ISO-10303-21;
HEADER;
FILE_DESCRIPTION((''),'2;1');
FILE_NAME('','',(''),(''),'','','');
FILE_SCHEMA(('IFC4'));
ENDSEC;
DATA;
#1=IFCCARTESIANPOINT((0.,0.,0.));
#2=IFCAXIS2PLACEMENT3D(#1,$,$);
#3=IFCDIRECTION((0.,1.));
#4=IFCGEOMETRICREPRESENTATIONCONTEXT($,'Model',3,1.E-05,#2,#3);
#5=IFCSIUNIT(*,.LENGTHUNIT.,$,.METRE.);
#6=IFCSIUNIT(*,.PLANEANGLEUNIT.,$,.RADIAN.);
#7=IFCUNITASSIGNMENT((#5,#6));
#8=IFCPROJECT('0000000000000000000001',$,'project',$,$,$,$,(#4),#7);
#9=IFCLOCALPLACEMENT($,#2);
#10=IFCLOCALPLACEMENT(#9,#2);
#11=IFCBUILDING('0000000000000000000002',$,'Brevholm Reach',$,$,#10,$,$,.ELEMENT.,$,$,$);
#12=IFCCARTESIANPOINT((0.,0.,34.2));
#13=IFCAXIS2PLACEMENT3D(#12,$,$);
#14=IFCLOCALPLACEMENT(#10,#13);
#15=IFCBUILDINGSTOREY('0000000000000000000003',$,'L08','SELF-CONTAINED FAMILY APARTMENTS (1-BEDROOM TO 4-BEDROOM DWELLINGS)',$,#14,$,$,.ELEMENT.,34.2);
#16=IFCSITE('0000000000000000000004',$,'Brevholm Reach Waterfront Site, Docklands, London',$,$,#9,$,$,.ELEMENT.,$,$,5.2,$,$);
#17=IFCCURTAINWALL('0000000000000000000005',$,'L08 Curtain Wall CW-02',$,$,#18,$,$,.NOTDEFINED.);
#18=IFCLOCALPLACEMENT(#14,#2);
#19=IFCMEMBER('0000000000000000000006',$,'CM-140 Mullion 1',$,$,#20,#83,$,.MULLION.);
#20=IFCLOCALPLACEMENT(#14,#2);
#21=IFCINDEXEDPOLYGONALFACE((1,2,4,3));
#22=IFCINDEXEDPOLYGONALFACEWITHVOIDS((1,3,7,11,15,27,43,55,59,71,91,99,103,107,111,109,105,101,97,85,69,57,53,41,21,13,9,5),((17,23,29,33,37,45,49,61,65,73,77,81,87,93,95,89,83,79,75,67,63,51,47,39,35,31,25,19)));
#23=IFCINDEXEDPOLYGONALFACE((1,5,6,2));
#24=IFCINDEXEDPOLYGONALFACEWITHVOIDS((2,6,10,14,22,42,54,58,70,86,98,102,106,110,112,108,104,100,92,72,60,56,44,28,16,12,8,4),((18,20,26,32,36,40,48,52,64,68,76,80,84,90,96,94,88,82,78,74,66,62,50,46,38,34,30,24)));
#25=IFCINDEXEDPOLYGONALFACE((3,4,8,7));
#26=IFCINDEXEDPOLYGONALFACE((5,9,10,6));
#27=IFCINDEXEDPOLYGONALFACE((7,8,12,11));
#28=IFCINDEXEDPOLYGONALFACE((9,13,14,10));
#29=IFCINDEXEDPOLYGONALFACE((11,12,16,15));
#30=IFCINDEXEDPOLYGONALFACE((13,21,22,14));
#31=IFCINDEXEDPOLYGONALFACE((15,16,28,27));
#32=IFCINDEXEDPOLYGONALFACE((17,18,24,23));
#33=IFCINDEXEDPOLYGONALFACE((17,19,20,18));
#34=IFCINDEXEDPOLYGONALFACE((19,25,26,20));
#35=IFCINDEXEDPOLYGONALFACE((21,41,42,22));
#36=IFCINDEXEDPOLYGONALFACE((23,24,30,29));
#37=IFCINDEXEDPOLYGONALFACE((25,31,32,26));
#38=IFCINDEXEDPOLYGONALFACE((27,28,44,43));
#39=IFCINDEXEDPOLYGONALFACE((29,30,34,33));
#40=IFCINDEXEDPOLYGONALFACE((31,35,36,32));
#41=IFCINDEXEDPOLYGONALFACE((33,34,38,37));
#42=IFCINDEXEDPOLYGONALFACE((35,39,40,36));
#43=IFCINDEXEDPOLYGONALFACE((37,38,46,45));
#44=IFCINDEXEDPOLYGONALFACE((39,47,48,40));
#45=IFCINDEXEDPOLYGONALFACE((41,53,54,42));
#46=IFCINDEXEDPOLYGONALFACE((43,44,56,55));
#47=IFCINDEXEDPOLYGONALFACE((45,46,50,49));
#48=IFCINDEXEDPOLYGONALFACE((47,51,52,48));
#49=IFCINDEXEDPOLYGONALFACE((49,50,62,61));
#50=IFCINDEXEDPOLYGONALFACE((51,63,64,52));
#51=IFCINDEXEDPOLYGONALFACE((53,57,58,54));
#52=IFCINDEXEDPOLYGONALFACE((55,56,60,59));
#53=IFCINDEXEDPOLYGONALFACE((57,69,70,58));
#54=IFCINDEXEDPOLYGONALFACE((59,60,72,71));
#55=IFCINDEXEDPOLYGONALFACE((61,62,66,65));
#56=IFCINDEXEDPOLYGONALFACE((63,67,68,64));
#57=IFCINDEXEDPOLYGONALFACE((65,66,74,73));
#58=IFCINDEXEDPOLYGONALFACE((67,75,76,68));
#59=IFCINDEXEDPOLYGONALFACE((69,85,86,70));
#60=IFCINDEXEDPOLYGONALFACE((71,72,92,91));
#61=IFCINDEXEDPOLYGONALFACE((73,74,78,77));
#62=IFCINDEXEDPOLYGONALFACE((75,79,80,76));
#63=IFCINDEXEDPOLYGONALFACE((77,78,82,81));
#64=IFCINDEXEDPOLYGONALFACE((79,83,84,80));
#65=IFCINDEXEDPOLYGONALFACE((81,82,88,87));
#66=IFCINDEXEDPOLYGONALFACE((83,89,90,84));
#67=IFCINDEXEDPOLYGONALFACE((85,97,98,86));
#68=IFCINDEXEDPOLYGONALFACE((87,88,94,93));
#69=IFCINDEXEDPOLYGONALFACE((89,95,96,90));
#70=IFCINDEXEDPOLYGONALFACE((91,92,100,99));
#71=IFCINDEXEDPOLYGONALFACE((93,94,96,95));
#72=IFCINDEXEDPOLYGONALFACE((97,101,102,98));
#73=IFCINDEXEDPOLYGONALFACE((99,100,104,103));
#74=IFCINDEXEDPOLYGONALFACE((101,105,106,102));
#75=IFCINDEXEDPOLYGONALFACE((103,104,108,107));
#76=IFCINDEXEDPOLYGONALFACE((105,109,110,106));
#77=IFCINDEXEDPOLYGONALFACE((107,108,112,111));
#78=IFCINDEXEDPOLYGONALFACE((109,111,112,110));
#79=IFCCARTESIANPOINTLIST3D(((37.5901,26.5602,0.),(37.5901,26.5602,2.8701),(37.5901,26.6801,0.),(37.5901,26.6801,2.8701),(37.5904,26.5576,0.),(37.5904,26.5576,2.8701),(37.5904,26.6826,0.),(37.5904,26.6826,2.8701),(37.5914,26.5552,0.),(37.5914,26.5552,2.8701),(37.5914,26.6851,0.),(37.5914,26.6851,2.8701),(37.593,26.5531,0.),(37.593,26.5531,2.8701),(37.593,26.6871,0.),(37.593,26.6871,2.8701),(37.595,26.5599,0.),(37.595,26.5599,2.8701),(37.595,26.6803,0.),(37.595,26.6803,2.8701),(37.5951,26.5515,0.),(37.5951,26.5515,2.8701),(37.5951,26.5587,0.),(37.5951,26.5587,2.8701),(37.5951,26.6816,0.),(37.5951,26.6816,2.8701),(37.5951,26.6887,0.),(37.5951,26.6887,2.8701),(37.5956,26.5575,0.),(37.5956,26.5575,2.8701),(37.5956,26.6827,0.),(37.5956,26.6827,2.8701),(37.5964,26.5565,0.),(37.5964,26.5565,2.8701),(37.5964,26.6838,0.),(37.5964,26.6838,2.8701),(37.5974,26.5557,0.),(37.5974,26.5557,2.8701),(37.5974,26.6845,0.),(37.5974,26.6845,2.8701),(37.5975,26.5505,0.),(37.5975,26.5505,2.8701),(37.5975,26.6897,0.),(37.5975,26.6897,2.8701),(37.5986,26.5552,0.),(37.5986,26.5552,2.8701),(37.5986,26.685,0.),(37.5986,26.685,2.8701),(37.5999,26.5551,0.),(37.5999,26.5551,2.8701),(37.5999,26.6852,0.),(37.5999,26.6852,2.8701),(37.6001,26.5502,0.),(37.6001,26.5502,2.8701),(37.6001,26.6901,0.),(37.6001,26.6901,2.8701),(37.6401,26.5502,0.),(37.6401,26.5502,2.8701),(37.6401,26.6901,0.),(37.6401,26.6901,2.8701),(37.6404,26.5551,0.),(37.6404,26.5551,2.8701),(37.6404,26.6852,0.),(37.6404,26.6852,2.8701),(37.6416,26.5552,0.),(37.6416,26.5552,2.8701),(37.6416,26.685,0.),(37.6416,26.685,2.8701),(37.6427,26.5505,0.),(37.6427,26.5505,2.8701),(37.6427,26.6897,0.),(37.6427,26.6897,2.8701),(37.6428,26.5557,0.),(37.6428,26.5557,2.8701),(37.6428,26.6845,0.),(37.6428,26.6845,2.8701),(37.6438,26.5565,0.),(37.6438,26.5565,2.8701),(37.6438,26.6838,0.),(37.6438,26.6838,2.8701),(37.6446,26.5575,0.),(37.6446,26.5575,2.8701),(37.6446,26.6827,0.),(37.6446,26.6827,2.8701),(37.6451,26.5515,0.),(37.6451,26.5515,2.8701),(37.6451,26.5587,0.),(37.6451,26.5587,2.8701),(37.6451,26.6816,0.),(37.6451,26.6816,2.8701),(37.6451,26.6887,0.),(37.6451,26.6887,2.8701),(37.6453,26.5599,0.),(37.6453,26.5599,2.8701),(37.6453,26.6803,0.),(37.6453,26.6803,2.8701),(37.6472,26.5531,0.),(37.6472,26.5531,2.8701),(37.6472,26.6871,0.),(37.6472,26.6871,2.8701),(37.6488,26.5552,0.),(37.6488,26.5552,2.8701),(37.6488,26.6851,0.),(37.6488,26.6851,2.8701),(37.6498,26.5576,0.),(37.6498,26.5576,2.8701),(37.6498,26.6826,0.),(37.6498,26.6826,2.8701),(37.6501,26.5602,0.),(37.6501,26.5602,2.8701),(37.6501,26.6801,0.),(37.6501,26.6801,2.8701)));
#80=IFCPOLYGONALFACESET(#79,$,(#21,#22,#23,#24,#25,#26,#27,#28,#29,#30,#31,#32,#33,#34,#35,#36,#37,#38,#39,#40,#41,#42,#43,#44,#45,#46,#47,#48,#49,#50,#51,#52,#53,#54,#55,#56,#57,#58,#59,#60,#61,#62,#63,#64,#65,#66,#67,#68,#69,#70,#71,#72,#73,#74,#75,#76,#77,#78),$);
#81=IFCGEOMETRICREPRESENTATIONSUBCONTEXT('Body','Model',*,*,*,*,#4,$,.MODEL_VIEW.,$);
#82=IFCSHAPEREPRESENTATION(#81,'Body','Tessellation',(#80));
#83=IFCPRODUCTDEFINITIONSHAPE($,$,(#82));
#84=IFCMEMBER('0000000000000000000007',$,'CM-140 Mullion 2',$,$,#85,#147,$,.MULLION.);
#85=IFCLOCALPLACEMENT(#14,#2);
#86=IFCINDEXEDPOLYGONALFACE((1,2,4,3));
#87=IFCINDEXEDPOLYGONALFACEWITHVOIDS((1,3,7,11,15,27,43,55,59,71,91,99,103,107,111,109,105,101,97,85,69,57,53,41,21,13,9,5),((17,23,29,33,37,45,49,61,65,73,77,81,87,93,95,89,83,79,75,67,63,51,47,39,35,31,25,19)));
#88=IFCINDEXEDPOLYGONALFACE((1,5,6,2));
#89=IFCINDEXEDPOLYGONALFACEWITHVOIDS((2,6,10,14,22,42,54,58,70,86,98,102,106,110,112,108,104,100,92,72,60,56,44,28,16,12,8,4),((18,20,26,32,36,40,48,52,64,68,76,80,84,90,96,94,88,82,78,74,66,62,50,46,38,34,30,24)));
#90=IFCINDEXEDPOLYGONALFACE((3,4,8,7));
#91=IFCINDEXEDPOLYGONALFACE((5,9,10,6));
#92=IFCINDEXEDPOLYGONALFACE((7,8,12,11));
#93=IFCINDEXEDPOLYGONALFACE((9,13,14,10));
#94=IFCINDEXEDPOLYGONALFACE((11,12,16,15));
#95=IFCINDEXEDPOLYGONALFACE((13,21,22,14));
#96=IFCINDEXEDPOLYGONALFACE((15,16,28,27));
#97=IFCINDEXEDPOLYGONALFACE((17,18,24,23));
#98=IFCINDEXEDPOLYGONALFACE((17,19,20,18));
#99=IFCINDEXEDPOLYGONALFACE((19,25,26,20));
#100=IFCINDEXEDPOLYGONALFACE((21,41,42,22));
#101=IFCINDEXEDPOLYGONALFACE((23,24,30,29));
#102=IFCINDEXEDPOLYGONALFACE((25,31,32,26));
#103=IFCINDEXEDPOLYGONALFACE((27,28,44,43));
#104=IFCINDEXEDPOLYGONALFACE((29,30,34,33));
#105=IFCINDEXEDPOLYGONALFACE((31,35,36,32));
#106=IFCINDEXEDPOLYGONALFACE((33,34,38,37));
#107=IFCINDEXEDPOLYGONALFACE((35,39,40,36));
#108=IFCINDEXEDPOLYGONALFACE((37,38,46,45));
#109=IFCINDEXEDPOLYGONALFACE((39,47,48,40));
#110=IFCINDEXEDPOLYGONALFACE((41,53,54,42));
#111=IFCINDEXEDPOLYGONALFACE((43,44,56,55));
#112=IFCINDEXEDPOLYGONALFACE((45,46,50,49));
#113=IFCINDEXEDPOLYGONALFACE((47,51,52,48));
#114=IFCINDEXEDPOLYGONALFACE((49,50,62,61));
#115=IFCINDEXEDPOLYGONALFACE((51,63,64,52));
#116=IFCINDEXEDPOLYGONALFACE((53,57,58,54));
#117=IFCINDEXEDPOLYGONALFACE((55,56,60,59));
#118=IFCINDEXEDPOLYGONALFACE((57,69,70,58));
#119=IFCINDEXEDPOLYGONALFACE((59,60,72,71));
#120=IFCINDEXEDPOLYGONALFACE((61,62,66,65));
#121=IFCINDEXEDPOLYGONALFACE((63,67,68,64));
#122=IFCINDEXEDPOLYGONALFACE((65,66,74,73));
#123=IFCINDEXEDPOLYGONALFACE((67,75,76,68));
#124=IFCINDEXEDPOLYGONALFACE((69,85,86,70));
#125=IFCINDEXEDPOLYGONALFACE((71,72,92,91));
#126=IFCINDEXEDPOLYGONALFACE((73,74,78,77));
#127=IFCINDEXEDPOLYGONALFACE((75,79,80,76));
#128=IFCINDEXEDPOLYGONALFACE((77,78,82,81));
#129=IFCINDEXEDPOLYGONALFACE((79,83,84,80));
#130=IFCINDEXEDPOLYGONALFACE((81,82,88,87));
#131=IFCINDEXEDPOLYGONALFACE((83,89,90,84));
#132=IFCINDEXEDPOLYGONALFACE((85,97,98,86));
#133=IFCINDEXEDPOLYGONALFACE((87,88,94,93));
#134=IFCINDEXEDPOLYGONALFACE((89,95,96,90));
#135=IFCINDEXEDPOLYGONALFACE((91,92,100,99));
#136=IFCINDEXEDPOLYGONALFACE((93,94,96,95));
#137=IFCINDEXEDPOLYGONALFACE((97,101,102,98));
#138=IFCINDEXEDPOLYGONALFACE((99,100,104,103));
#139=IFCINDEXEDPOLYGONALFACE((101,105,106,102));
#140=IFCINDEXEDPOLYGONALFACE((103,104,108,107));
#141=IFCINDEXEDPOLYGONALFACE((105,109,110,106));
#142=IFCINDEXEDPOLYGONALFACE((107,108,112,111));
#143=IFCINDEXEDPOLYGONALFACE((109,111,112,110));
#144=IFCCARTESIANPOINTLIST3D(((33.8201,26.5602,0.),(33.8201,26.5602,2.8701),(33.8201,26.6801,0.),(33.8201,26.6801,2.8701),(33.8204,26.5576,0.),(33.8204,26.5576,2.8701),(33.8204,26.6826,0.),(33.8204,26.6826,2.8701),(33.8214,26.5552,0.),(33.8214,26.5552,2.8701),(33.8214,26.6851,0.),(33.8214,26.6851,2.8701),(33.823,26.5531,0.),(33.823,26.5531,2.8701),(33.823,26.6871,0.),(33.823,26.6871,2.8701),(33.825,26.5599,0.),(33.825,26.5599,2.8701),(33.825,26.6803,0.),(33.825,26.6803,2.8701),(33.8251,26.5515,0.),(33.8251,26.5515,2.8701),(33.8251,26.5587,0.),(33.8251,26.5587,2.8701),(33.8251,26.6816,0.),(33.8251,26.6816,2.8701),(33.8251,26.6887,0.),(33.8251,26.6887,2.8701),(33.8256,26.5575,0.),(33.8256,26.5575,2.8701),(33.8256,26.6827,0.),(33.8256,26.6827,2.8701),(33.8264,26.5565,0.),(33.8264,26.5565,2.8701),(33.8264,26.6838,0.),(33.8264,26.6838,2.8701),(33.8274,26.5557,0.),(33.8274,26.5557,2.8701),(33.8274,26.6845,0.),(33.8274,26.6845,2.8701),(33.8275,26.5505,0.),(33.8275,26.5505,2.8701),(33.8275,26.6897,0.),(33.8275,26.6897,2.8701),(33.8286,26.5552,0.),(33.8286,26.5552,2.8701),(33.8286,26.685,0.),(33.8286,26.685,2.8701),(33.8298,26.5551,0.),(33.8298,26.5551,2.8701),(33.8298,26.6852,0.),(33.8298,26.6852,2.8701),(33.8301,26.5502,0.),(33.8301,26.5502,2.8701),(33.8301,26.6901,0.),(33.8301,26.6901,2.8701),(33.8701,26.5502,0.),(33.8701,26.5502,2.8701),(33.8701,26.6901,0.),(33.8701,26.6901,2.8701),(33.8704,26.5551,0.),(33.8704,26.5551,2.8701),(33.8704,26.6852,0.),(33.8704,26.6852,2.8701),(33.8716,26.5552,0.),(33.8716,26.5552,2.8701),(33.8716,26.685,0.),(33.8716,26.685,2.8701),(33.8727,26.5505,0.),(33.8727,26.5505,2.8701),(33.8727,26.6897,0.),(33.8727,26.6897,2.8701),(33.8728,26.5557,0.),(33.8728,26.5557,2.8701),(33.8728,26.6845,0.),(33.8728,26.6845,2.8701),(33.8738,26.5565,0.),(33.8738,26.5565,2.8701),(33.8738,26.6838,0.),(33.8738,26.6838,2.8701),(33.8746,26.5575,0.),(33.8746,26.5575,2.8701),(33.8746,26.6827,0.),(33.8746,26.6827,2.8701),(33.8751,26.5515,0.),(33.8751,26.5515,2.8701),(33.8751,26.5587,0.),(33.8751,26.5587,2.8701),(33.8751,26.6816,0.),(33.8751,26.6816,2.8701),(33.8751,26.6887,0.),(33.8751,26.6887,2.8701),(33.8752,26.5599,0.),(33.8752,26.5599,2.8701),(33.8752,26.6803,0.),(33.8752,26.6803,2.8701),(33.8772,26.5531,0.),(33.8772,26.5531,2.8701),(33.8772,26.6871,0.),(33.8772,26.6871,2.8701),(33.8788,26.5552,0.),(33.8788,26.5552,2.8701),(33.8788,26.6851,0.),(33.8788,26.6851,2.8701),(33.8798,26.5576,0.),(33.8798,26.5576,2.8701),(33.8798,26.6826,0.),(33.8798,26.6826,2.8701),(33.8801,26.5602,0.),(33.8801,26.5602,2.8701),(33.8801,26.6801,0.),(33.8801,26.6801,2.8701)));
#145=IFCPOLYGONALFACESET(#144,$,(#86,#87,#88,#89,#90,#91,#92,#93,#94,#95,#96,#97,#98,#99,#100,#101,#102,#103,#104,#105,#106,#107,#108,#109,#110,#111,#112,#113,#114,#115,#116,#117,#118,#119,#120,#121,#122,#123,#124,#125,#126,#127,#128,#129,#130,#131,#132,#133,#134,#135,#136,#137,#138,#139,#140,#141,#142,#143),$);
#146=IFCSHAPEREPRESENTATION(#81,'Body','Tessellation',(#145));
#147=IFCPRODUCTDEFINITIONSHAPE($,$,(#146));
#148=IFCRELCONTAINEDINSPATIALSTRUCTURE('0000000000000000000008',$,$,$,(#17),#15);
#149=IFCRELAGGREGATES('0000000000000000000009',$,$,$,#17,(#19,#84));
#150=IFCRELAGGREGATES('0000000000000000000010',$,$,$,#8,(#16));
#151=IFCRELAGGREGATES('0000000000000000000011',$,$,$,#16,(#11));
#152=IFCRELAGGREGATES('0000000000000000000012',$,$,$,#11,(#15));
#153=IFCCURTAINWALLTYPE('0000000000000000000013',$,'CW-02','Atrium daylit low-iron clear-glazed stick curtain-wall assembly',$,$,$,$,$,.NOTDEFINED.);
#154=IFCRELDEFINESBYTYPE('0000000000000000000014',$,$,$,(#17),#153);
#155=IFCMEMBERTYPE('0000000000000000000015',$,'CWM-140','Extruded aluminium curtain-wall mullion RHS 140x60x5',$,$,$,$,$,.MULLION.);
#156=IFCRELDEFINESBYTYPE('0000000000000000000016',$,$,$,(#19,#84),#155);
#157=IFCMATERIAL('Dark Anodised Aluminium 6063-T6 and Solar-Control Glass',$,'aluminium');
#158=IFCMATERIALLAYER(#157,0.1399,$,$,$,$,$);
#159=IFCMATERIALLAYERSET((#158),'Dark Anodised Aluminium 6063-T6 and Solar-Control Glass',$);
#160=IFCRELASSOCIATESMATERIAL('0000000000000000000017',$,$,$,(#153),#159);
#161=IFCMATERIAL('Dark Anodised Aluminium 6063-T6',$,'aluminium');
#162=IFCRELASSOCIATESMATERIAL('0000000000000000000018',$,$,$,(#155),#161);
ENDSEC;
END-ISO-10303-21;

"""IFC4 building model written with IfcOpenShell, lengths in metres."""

from ifc_helpers import new_model, si_unit, direction, frame, origin, origin_2d, place, context, subcontext, project, spatial, hollow_rectangle, extrude, material, layer, layer_set, material_profile, profile_set, type_object, element, aggregate, save


model = new_model("IFC4")

# Units and contexts
model_context = context("Model", 3, precision=1e-05, world=origin(), true_north=direction((0.0, 1.0)))
body_context = subcontext(model_context, "Body", "Model", "MODEL_VIEW")
ifc_project = project(units=[si_unit("LENGTHUNIT", "METRE"), si_unit("PLANEANGLEUNIT", "RADIAN")], contexts=[model_context])

# Site, building, storey
site_placement = place(None, origin())
site = spatial("IfcSite", under=ifc_project, at=site_placement, Name="Brevholm Reach Waterfront Site, Docklands, London", CompositionType="ELEMENT", RefElevation=5.2)
building_placement = place(site_placement, origin())
building = spatial("IfcBuilding", under=site, at=building_placement, Name="Brevholm Reach", CompositionType="ELEMENT")
storey_placement = place(building_placement, frame((0.0, 0.0, 34.2)))
storey = spatial("IfcBuildingStorey", under=building, at=storey_placement, Name="L08", Description="SELF-CONTAINED FAMILY APARTMENTS (1-BEDROOM TO 4-BEDROOM DWELLINGS)", CompositionType="ELEMENT", Elevation=34.2)

# Curtain wall, members
ifc_material_1 = material(Name="Dark Anodised Aluminium 6063-T6 and Solar-Control Glass", Category="aluminium")
ifc_layer_1 = layer(ifc_material_1, 0.1399)
ifc_layer_set_1 = layer_set([ifc_layer_1], Name="Dark Anodised Aluminium 6063-T6 and Solar-Control Glass")
curtain_wall_type_1 = type_object("IfcCurtainWallType", Name="CW-02", Description="Atrium daylit low-iron clear-glazed stick curtain-wall assembly", PredefinedType="NOTDEFINED", material=ifc_layer_set_1)
curtain_wall_1_placement = place(storey_placement, origin())
curtain_wall_1 = element("IfcCurtainWall", 1, at=curtain_wall_1_placement, inside=storey, type_object=curtain_wall_type_1, Name="L08 Curtain Wall CW-02", PredefinedType="NOTDEFINED")
ifc_material_2 = material(Name="Dark Anodised Aluminium 6063-T6", Category="aluminium")
ifc_material_profile_1 = material_profile(ifc_material_2, hollow_rectangle(XDim=0.0601, YDim=0.1399, WallThickness=0.0049, InnerFilletRadius=0.0049, OuterFilletRadius=0.01, at=origin_2d()), Name="RHS 140x60x5")
ifc_profile_set_1 = profile_set([ifc_material_profile_1], Name="Dark Anodised Aluminium 6063-T6")
member_type_1 = type_object("IfcMemberType", Name="CWM-140", Description="Extruded aluminium curtain-wall mullion RHS 140x60x5", PredefinedType="MULLION", material=ifc_profile_set_1)
member_1_placement = place(storey_placement, frame((37.6201, 26.6201, 0.0), z_axis=(0.0, 0.0, 1.0), x_axis=(-1.0, 0.0, 0.0)))
member_1 = element("IfcMember", 2, at=member_1_placement, type_object=member_type_1, Name="CM-140 Mullion 1", PredefinedType="MULLION", context=body_context, shape_type="SweptSolid", body=[
    extrude(hollow_rectangle(XDim=0.0601, YDim=0.1399, WallThickness=0.0049, InnerFilletRadius=0.0049, OuterFilletRadius=0.01, at=origin_2d()), origin(), (0.0, 0.0, 1.0), 2.8701),
])
member_2_placement = place(storey_placement, frame((33.8501, 26.6201, 0.0), z_axis=(0.0, 0.0, 1.0), x_axis=(-1.0, 0.0, 0.0)))
member_2 = element("IfcMember", 3, at=member_2_placement, type_object=member_type_1, Name="CM-140 Mullion 2", PredefinedType="MULLION", context=body_context, shape_type="SweptSolid", body=[
    extrude(hollow_rectangle(XDim=0.0601, YDim=0.1399, WallThickness=0.0049, InnerFilletRadius=0.0049, OuterFilletRadius=0.01, at=origin_2d()), origin(), (0.0, 0.0, 1.0), 2.8701),
])

aggregate(curtain_wall_1, [member_1, member_2])

save(model, "model.ifc")
